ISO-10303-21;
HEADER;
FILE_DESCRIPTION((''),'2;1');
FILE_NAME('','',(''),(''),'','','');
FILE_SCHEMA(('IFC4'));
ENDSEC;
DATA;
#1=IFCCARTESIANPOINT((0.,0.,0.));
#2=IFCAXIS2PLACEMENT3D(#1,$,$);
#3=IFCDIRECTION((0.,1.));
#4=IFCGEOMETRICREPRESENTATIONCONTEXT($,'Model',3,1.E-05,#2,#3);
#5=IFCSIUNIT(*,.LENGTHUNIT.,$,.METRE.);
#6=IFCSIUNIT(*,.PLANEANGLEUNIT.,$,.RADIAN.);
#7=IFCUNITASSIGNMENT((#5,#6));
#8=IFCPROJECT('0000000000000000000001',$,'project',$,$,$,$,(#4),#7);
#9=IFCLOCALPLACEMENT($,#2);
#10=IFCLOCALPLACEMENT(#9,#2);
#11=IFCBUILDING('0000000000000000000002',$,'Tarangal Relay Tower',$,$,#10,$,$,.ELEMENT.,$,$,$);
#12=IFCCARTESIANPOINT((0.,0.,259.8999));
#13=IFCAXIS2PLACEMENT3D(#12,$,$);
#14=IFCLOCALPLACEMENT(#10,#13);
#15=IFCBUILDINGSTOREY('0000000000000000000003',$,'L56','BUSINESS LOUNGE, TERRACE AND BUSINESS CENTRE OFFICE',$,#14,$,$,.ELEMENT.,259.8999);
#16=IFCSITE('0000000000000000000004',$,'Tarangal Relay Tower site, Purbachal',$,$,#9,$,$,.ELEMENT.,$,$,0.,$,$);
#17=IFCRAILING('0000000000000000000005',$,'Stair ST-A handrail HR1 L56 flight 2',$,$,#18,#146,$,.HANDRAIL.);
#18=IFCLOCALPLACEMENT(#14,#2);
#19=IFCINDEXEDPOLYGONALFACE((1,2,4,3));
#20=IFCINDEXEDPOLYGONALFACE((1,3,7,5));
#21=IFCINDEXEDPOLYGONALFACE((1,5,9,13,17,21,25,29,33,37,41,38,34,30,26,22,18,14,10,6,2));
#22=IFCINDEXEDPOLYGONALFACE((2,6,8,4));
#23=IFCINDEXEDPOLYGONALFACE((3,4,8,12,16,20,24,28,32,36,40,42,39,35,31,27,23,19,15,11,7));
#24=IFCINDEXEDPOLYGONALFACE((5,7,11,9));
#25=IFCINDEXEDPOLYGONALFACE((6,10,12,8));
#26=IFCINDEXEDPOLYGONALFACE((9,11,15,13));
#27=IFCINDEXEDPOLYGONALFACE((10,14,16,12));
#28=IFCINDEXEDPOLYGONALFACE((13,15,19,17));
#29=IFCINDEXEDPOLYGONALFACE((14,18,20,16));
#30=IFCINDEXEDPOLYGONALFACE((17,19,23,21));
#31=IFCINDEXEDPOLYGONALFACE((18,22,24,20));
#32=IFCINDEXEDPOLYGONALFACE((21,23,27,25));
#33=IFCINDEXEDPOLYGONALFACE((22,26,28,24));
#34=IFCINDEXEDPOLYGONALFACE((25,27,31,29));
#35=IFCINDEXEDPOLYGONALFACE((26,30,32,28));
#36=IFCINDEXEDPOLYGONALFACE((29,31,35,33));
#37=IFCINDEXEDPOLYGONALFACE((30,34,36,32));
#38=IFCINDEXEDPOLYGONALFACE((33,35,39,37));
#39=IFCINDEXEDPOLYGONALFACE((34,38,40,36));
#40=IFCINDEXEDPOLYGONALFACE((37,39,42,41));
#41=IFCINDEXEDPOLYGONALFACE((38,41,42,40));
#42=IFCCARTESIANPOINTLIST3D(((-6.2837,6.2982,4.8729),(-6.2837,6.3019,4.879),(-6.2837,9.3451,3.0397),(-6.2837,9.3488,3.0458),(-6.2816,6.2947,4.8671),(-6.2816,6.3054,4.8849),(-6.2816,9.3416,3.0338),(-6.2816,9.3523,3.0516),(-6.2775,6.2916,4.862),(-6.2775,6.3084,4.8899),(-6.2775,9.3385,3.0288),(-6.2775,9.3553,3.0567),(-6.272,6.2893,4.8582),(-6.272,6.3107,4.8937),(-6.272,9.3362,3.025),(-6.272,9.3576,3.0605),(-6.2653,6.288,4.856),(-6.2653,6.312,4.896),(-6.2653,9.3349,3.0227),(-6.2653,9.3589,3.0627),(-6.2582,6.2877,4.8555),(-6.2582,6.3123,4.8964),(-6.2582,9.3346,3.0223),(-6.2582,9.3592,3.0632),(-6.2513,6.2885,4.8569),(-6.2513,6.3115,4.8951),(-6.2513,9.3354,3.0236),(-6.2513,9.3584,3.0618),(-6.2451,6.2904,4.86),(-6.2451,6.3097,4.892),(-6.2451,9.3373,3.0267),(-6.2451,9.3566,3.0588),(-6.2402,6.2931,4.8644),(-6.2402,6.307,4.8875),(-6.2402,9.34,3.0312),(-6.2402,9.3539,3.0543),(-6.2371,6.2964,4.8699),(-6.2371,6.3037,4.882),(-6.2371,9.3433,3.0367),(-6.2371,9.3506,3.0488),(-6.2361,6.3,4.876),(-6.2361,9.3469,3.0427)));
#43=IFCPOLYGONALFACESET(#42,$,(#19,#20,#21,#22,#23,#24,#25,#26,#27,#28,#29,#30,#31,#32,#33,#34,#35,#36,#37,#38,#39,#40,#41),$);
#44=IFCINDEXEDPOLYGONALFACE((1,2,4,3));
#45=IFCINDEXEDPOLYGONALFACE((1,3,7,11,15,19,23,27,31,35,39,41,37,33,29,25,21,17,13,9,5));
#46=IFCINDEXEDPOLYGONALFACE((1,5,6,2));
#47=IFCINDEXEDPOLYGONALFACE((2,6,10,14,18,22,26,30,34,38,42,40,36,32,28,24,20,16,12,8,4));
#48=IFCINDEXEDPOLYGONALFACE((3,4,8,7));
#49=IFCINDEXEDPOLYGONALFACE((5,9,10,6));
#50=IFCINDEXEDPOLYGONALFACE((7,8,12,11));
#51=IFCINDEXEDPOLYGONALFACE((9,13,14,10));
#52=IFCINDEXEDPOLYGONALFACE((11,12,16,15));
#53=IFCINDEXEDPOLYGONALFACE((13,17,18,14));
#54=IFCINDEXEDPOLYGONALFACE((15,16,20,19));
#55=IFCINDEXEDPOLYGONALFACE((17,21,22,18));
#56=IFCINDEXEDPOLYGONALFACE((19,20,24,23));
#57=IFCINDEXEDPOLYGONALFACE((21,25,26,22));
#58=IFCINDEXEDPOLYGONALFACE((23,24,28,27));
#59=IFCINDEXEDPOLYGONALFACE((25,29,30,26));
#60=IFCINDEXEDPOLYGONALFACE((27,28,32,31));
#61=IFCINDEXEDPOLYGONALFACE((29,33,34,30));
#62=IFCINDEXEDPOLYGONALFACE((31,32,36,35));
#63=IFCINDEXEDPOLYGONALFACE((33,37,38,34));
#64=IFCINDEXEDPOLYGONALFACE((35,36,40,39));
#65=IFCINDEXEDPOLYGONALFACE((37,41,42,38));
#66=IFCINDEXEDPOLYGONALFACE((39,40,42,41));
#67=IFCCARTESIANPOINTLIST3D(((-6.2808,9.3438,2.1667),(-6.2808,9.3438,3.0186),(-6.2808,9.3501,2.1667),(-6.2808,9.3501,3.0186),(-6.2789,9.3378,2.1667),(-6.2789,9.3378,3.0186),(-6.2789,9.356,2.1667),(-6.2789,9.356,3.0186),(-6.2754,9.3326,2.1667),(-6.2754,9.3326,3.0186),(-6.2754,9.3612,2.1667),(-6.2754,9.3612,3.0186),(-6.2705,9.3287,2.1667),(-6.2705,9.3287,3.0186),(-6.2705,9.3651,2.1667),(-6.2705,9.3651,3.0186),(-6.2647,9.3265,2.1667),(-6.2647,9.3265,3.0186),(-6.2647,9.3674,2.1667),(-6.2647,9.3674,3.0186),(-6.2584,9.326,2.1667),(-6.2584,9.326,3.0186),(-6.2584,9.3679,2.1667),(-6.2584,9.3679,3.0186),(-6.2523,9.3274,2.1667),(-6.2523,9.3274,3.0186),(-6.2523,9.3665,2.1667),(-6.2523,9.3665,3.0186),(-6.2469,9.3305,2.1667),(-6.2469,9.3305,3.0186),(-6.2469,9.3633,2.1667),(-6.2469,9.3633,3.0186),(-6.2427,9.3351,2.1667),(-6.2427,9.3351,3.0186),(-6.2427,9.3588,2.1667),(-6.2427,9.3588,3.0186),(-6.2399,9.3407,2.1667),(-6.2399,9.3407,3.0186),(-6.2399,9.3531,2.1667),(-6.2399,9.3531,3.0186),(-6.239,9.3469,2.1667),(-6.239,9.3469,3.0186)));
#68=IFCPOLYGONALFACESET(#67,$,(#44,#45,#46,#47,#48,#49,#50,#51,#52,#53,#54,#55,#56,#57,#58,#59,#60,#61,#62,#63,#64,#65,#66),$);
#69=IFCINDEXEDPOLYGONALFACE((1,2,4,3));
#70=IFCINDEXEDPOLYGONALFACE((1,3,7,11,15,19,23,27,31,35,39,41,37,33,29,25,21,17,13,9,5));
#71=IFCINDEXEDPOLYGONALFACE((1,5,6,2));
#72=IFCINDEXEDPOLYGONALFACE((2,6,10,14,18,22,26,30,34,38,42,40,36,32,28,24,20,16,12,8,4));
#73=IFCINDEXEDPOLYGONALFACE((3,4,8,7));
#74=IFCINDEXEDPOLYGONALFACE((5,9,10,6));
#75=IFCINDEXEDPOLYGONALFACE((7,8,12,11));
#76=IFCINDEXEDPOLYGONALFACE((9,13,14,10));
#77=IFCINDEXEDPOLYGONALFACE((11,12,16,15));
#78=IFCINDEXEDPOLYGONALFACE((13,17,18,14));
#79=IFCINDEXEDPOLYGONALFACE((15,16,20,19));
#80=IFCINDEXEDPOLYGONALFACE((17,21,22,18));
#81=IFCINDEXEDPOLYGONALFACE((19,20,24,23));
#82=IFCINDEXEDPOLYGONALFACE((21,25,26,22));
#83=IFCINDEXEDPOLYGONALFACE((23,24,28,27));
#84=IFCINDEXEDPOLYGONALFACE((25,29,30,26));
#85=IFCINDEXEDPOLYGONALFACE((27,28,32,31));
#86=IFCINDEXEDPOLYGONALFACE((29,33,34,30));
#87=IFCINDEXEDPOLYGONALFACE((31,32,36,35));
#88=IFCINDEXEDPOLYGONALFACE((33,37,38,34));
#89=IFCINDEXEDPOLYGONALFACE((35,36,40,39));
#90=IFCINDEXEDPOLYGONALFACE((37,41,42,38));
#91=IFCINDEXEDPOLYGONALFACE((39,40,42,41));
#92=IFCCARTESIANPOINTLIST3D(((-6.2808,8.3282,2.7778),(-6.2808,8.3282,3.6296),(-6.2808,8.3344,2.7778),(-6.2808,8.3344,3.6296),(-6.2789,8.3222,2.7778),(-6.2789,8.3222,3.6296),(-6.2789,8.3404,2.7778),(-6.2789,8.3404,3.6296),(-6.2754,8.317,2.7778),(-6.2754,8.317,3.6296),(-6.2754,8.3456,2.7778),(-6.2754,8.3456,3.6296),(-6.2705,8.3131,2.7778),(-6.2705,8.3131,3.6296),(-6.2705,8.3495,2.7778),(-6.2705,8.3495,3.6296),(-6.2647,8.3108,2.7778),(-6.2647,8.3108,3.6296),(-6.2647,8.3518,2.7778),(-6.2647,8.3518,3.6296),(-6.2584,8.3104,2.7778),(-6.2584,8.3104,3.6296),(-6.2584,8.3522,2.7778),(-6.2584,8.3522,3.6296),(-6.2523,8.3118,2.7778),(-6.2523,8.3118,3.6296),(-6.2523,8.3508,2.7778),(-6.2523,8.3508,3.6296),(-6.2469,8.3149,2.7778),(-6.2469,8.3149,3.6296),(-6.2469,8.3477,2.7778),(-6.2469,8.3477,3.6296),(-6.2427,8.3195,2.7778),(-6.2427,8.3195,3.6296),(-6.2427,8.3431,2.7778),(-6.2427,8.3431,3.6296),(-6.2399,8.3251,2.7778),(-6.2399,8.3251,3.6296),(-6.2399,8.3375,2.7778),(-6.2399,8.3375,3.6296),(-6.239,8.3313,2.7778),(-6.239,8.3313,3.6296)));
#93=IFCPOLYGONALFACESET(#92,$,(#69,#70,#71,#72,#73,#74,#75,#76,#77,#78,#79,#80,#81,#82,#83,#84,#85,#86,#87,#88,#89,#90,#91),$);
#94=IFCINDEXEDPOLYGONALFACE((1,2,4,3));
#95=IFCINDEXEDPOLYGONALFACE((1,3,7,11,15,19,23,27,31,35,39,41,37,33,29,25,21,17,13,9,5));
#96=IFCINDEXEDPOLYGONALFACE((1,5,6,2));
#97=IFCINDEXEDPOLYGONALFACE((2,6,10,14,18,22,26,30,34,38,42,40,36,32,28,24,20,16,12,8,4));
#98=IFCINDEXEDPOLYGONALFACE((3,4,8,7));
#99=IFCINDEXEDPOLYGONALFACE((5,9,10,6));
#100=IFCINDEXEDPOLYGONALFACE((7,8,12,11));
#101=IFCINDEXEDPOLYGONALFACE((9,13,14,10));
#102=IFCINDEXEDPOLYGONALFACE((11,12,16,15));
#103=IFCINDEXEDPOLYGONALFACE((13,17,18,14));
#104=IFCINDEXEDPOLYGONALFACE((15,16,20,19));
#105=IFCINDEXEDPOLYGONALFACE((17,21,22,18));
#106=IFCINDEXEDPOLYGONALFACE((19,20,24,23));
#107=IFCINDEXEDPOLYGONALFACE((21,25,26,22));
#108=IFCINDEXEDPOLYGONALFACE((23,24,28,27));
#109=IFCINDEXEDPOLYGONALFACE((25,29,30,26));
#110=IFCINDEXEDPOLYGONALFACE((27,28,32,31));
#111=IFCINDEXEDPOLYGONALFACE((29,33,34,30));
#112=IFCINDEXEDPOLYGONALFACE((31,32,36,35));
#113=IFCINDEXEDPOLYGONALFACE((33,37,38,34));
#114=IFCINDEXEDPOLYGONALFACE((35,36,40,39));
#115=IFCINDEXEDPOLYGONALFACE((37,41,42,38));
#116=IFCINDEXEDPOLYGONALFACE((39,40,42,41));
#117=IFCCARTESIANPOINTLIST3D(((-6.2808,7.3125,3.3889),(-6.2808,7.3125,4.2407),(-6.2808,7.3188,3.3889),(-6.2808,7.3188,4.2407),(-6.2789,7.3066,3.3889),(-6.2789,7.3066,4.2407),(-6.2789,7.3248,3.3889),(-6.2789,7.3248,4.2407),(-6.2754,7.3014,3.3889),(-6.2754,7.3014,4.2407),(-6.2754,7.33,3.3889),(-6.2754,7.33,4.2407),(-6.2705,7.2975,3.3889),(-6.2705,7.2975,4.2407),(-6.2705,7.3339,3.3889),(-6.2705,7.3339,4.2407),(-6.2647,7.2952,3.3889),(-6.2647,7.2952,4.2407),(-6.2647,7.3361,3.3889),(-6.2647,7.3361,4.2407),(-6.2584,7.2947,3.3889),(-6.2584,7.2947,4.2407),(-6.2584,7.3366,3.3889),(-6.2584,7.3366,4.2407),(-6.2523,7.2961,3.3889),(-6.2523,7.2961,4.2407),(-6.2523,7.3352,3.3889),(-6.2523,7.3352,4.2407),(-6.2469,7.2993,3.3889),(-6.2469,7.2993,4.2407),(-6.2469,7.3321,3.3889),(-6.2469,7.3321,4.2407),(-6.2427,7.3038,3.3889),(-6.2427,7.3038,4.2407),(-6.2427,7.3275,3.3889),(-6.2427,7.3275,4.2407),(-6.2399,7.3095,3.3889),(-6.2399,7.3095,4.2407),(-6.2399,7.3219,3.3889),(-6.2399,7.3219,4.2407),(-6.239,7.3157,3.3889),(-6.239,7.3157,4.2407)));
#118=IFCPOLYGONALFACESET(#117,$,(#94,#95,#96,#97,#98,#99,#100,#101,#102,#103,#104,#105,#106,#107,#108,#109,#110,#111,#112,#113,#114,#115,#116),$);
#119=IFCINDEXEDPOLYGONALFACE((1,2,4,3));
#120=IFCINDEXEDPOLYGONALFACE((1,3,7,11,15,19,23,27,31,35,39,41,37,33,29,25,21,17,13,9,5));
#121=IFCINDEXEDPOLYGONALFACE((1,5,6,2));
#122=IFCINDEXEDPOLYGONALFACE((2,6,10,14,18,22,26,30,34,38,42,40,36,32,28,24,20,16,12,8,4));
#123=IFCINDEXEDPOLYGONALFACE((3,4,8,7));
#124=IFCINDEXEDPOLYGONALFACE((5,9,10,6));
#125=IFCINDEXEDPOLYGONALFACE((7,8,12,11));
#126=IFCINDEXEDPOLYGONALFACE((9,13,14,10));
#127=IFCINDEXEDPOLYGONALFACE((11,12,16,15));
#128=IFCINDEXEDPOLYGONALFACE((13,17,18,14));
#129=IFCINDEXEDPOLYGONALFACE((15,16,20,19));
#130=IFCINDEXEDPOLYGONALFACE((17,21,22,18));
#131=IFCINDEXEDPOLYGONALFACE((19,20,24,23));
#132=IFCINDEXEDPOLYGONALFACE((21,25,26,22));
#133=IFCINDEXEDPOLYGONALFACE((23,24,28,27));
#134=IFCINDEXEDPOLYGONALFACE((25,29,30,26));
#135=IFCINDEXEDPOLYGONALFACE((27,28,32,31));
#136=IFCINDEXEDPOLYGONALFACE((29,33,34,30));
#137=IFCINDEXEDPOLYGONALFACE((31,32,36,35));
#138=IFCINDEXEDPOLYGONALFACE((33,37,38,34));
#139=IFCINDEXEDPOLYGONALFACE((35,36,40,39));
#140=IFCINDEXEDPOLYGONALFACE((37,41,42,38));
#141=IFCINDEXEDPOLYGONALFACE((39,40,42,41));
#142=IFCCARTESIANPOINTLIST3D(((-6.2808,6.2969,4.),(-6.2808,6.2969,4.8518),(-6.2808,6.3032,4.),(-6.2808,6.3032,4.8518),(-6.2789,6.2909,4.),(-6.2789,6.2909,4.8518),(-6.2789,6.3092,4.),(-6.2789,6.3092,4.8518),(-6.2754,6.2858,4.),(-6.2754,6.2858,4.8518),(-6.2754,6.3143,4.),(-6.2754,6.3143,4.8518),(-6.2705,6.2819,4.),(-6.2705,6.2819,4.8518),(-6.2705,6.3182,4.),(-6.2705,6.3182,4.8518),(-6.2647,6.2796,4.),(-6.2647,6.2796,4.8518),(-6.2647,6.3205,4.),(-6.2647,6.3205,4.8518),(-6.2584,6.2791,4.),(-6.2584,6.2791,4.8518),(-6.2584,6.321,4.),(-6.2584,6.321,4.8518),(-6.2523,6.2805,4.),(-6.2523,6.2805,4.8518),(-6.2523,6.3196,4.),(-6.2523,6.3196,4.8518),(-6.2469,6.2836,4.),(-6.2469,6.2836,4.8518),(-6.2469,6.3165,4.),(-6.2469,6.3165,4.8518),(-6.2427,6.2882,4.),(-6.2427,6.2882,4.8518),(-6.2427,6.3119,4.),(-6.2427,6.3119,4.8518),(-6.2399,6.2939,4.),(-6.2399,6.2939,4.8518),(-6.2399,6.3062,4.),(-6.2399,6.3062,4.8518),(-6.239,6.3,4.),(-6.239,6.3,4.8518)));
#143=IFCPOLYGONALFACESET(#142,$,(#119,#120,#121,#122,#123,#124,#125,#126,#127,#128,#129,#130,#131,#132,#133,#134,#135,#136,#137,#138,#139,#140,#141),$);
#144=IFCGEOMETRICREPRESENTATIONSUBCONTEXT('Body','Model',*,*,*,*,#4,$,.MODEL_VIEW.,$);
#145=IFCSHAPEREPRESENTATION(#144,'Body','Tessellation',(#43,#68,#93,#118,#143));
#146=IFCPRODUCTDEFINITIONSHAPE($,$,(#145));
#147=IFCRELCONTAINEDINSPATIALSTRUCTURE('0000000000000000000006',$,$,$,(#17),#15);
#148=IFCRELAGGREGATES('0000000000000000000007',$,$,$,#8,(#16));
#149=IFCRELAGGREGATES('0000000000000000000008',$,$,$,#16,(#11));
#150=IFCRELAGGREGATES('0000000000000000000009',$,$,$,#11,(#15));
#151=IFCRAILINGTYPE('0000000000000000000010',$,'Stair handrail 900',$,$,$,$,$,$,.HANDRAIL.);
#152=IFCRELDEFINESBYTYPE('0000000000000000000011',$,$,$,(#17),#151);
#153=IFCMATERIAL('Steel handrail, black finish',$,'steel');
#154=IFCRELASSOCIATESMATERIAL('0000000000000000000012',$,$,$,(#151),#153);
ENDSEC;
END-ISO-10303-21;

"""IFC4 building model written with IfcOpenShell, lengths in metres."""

from ifc_helpers import new_model, si_unit, direction, frame, origin, origin_2d, place, context, subcontext, project, spatial, circle, extrude, material, type_object, element, save


model = new_model("IFC4")

# Units and contexts
model_context = context("Model", 3, precision=1e-05, world=origin(), true_north=direction((0.0, 1.0)))
body_context = subcontext(model_context, "Body", "Model", "MODEL_VIEW")
ifc_project = project(units=[si_unit("LENGTHUNIT", "METRE"), si_unit("PLANEANGLEUNIT", "RADIAN")], contexts=[model_context])

# Site, building, storey
site_placement = place(None, origin())
site = spatial("IfcSite", under=ifc_project, at=site_placement, Name="Tarangal Relay Tower site, Purbachal", CompositionType="ELEMENT", RefElevation=0.0)
building_placement = place(site_placement, origin())
building = spatial("IfcBuilding", under=site, at=building_placement, Name="Tarangal Relay Tower", CompositionType="ELEMENT")
storey_placement = place(building_placement, frame((0.0, 0.0, 259.8999)))
storey = spatial("IfcBuildingStorey", under=building, at=storey_placement, Name="L56", Description="BUSINESS LOUNGE, TERRACE AND BUSINESS CENTRE OFFICE", CompositionType="ELEMENT", Elevation=259.8999)

# Railing
ifc_material_1 = material(Name="Steel handrail, black finish", Category="steel")
railing_type_1 = type_object("IfcRailingType", Name="Stair handrail 900", PredefinedType="HANDRAIL", material=ifc_material_1)
railing_1_placement = place(storey_placement, frame((-6.26, 9.3469, 2.1667)))
element("IfcRailing", 1, at=railing_1_placement, inside=storey, type_object=railing_type_1, Name="Stair ST-A handrail HR1 L56 flight 2", PredefinedType="HANDRAIL", context=body_context, shape_type="SweptSolid", body=[
    extrude(circle(Radius=0.0239, at=origin_2d()), frame((0.0, 0.0, 0.876), z_axis=(0.0, -0.856856, 0.515556), x_axis=(1.0, 0.0, 0.0)), (0.0, 0.0, 1.0), 3.5559),
    extrude(circle(Radius=0.021, at=origin_2d()), origin(), (0.0, 0.0, 1.0), 0.8518),
    extrude(circle(Radius=0.021, at=origin_2d()), frame((0.0, -1.0156, 0.6111)), (0.0, 0.0, 1.0), 0.8518),
    extrude(circle(Radius=0.021, at=origin_2d()), frame((0.0, -2.0312, 1.2222)), (0.0, 0.0, 1.0), 0.8518),
    extrude(circle(Radius=0.021, at=origin_2d()), frame((0.0, -3.0469, 1.8333)), (0.0, 0.0, 1.0), 0.8518),
])

save(model, "model.ifc")
